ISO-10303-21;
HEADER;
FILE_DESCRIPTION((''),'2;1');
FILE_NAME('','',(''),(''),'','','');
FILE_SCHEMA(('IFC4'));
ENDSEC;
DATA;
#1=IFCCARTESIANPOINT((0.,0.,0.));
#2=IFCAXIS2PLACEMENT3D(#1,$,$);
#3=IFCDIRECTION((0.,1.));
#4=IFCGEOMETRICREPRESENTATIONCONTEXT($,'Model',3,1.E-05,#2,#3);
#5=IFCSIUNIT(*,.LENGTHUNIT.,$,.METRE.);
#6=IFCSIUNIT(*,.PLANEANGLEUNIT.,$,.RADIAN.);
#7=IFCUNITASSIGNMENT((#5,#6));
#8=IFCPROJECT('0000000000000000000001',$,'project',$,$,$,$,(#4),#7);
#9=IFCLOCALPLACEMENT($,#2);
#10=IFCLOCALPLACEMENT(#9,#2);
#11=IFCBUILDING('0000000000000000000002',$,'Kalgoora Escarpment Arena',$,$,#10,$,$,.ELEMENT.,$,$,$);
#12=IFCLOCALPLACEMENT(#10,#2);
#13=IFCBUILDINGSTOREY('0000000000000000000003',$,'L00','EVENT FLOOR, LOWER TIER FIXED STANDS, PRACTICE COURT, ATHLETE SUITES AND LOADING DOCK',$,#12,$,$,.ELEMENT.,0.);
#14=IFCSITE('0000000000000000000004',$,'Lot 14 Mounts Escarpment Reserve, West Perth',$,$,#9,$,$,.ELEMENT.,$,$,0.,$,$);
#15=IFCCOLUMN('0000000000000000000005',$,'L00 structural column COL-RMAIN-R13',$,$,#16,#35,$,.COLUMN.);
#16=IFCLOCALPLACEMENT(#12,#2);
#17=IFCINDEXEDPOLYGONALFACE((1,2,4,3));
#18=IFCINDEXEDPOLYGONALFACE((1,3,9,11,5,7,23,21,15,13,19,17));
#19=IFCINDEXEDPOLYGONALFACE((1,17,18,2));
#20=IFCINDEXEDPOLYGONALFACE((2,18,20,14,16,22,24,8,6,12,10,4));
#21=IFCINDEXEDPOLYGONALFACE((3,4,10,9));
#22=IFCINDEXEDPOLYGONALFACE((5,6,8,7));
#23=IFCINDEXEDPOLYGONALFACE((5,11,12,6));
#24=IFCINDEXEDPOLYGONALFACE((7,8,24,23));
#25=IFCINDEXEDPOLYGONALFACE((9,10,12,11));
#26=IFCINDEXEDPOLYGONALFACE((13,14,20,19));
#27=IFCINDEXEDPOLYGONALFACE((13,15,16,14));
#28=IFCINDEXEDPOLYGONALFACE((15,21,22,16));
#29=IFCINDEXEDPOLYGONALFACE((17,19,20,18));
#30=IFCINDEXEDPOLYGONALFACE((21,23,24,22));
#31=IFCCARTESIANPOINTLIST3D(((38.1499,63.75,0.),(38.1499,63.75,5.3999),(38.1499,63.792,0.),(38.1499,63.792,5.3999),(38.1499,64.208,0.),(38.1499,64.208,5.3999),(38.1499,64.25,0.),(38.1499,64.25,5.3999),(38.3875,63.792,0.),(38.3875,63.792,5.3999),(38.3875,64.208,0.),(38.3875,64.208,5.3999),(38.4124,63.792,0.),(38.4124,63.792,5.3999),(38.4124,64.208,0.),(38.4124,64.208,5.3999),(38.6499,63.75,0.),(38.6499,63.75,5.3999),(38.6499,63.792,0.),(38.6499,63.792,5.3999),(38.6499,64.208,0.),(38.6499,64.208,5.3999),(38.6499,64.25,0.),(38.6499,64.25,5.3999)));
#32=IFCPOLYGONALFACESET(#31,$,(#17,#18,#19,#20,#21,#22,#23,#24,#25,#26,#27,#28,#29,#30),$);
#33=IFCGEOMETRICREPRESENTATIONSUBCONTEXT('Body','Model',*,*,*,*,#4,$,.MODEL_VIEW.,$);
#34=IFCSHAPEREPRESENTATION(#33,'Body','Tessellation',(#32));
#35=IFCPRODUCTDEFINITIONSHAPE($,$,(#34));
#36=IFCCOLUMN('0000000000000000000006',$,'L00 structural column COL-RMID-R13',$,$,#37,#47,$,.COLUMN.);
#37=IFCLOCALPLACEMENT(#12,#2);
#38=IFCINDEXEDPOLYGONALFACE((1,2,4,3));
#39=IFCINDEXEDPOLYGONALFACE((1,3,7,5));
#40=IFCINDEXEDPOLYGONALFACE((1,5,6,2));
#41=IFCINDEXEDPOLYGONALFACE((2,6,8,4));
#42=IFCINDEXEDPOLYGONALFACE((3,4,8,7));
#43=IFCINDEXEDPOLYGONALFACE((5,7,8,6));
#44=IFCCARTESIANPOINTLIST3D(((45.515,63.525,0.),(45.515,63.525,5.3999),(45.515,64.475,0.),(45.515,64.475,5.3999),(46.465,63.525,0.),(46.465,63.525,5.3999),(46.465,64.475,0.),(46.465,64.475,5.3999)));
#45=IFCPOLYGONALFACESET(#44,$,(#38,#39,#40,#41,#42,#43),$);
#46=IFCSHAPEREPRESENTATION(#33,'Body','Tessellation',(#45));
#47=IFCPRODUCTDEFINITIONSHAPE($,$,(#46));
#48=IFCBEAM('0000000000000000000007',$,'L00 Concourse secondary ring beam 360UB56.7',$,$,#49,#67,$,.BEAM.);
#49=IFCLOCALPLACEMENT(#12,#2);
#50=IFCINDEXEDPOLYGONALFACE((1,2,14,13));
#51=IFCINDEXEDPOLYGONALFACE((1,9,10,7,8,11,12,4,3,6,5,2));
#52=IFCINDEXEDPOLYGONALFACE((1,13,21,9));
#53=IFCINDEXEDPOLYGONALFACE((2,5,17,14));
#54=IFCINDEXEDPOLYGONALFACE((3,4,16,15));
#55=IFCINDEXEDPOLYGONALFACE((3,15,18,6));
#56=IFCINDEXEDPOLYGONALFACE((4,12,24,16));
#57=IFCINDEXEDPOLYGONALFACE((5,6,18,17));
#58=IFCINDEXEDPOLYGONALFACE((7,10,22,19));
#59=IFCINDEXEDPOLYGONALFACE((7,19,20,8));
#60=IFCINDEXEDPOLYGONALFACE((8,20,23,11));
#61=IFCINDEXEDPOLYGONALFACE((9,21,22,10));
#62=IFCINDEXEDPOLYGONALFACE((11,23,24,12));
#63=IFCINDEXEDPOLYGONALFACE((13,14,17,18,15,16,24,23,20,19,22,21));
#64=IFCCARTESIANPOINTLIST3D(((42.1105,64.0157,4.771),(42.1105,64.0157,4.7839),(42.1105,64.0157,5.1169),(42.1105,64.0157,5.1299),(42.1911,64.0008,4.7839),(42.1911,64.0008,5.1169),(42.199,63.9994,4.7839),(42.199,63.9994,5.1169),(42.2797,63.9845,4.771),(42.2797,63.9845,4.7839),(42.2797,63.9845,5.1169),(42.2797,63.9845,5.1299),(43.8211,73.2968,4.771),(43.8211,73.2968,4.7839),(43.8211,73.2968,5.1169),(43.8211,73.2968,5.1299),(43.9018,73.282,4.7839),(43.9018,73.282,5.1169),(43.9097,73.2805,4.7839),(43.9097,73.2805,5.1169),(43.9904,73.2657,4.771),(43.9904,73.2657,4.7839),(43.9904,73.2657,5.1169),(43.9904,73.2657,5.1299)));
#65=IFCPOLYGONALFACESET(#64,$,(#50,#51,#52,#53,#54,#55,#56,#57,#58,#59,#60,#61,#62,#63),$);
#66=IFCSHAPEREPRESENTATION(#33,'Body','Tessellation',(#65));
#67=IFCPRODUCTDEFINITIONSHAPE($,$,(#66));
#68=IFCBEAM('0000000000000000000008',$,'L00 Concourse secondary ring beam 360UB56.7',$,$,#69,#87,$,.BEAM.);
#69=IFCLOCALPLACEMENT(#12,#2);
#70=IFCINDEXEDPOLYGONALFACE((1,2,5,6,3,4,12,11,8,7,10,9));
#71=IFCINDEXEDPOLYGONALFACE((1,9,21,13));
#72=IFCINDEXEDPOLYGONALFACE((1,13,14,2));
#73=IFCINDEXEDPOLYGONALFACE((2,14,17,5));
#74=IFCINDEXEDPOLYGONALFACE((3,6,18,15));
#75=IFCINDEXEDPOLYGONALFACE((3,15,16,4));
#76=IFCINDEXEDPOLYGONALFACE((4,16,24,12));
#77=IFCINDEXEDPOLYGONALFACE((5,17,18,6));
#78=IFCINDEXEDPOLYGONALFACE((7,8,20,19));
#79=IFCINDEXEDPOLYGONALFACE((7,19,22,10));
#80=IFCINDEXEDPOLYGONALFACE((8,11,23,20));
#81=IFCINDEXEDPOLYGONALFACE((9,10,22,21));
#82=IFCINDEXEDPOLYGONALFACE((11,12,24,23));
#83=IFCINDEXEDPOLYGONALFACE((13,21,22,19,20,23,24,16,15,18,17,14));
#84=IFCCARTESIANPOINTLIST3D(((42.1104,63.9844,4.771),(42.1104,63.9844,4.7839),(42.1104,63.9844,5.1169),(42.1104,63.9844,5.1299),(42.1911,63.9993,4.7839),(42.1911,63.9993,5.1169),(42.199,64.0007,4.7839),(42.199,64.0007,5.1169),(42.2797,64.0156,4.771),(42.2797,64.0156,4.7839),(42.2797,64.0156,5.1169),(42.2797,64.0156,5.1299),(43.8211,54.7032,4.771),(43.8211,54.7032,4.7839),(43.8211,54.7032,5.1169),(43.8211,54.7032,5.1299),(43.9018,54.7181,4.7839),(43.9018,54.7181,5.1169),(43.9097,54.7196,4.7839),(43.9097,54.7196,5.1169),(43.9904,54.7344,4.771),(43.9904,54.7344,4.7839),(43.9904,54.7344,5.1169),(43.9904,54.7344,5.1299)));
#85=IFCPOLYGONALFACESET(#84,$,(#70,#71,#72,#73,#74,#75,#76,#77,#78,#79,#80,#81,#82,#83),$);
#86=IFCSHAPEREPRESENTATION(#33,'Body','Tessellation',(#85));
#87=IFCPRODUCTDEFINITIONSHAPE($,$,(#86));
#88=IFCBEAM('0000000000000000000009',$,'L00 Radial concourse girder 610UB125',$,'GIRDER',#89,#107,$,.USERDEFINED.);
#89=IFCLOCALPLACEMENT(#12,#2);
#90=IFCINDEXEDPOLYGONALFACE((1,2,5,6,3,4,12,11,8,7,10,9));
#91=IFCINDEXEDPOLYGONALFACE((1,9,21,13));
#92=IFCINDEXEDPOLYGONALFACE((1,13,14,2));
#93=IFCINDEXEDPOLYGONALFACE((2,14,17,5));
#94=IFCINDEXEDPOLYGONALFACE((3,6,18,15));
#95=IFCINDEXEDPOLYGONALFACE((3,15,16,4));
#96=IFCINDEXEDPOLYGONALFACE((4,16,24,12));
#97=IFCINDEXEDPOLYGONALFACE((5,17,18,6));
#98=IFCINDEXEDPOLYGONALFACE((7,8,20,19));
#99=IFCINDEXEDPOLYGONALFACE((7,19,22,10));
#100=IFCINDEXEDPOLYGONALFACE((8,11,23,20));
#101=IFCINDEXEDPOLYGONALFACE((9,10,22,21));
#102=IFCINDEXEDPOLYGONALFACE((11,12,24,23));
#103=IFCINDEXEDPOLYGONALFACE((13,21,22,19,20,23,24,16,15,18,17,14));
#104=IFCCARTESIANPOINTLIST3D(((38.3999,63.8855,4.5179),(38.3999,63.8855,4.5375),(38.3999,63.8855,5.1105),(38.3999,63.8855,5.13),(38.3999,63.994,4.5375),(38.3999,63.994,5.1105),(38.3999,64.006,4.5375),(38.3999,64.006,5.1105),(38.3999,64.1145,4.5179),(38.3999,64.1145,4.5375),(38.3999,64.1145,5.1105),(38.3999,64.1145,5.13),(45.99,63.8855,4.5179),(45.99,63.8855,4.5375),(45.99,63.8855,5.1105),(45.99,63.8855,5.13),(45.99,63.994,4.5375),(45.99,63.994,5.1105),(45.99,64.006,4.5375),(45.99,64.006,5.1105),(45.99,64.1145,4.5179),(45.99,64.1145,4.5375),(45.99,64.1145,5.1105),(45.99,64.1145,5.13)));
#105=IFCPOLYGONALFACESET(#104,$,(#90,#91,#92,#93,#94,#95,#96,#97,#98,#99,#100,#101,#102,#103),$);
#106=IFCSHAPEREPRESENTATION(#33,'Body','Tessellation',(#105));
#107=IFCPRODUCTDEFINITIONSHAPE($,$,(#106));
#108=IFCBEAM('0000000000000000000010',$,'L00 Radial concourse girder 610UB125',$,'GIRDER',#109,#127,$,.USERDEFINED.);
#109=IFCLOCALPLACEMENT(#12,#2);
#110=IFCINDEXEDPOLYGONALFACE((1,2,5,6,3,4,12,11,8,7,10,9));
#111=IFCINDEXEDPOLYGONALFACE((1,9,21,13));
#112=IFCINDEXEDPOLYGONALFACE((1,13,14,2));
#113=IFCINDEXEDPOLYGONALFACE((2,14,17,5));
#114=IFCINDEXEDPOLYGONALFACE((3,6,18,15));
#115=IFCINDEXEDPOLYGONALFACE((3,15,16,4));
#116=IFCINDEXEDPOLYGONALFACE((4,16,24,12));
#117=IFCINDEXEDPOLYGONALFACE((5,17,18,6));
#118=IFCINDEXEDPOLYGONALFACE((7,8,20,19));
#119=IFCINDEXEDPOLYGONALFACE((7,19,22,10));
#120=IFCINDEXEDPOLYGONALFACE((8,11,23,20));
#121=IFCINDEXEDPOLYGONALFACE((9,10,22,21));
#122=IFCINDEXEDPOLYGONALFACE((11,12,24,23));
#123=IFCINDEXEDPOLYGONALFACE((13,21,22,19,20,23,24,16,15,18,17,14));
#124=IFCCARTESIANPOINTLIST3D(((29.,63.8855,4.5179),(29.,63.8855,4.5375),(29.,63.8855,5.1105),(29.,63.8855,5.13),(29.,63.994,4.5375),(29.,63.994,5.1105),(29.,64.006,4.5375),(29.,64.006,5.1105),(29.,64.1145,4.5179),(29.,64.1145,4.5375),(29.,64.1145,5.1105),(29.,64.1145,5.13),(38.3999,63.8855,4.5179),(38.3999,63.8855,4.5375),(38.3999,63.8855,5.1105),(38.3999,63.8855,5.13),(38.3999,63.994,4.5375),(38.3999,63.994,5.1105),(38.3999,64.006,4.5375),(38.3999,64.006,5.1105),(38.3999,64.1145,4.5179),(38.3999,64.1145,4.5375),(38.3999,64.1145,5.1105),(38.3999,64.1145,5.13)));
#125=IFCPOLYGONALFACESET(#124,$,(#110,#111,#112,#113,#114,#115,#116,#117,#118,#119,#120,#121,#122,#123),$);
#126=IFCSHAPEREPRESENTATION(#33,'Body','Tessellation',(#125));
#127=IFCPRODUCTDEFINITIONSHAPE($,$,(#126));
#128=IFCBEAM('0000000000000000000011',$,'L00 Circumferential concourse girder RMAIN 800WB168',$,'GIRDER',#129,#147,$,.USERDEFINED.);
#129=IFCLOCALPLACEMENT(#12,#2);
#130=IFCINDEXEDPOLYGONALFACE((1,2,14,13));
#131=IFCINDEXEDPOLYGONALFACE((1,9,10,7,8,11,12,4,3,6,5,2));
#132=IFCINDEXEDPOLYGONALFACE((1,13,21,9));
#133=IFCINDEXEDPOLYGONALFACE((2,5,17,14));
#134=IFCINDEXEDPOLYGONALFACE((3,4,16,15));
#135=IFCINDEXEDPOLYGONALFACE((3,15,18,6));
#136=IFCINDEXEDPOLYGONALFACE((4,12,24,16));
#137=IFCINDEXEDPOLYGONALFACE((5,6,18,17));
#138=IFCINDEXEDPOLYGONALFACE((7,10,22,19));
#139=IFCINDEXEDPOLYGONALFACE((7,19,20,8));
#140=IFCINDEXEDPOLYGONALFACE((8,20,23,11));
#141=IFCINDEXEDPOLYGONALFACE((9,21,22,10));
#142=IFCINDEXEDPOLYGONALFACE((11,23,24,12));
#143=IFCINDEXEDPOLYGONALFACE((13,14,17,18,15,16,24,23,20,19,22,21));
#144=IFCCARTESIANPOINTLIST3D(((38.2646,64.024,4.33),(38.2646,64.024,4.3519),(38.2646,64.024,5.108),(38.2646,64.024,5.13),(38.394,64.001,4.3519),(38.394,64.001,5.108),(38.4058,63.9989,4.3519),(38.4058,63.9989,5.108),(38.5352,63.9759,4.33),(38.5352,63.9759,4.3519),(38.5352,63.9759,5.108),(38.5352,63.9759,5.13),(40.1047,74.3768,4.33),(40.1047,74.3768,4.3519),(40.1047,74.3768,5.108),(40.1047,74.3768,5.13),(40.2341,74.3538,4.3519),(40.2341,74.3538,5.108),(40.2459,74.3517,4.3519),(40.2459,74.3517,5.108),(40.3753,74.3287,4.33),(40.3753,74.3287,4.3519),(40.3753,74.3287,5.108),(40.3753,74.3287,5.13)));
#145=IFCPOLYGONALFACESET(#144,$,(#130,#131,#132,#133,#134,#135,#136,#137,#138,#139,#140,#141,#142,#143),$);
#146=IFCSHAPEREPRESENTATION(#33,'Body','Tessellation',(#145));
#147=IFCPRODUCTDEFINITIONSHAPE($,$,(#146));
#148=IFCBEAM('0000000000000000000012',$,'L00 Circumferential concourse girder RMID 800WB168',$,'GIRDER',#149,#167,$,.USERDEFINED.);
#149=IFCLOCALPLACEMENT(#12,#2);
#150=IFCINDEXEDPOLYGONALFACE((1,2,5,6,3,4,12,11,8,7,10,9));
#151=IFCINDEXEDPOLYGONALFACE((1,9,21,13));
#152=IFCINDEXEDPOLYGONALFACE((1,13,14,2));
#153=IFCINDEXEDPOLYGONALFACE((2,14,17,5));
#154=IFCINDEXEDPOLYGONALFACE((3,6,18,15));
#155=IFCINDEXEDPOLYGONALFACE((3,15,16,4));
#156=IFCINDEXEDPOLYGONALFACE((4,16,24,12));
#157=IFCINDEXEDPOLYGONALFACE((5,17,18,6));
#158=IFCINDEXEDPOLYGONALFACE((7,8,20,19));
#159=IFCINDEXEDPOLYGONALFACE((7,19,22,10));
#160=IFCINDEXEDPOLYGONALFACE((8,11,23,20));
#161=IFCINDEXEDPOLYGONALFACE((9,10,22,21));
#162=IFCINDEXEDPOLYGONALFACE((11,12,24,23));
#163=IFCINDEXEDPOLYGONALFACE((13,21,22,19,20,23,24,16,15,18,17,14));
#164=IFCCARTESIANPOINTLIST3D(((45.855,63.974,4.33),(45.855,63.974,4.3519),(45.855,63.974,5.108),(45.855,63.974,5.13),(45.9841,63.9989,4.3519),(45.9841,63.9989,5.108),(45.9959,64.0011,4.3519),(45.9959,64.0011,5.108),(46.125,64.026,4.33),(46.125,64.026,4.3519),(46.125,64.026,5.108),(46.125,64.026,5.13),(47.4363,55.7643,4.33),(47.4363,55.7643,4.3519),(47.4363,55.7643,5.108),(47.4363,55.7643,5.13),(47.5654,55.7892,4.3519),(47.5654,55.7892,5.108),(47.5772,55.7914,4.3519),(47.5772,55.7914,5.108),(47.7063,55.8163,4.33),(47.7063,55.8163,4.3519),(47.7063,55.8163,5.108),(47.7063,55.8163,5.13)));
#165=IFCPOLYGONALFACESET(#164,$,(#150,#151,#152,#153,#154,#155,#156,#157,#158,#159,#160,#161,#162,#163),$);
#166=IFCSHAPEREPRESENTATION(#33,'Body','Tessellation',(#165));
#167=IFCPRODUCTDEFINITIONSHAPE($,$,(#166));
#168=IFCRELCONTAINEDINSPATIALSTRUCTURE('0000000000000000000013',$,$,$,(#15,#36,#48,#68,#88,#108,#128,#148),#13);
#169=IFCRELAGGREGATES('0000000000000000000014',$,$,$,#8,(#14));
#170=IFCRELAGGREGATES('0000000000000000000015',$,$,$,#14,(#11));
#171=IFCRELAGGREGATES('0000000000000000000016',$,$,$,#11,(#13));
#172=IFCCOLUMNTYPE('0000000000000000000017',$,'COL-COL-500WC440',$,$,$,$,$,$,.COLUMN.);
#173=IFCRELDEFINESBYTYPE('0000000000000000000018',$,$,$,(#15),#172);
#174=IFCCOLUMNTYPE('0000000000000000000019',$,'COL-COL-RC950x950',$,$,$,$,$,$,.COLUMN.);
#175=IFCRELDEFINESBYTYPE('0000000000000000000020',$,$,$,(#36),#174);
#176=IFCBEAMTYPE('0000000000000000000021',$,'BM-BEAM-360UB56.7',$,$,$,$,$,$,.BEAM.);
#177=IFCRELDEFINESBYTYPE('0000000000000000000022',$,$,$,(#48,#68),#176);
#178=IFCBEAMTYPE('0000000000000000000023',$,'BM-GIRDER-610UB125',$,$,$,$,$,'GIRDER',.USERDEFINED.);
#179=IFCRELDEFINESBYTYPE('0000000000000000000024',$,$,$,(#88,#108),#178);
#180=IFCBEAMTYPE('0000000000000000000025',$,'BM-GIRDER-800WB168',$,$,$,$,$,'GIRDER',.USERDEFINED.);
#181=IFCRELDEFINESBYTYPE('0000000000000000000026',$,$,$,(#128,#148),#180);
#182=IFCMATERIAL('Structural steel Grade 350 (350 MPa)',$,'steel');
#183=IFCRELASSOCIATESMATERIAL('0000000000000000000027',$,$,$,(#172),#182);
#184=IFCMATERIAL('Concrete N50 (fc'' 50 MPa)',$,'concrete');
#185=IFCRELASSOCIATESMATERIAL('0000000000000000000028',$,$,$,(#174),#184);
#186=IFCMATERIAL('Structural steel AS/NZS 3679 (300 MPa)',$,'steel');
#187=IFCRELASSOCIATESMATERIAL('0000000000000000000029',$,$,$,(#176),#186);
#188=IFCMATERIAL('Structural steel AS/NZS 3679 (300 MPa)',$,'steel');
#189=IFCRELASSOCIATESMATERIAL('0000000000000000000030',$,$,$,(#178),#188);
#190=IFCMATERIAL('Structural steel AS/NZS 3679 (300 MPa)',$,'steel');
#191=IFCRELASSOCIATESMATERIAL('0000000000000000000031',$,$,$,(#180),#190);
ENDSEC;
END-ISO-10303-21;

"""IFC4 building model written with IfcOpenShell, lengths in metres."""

from ifc_helpers import new_model, si_unit, direction, frame, origin, origin_2d, place, context, subcontext, project, spatial, rectangle, i_section, extrude, material, material_profile, profile_set, type_object, element, save


model = new_model("IFC4")

# Units and contexts
model_context = context("Model", 3, precision=1e-05, world=origin(), true_north=direction((0.0, 1.0)))
body_context = subcontext(model_context, "Body", "Model", "MODEL_VIEW")
ifc_project = project(units=[si_unit("LENGTHUNIT", "METRE"), si_unit("PLANEANGLEUNIT", "RADIAN")], contexts=[model_context])

# Site, building, storey
site_placement = place(None, origin())
site = spatial("IfcSite", under=ifc_project, at=site_placement, Name="Lot 14 Mounts Escarpment Reserve, West Perth", CompositionType="ELEMENT", RefElevation=0.0)
building_placement = place(site_placement, origin())
building = spatial("IfcBuilding", under=site, at=building_placement, Name="Kalgoora Escarpment Arena", CompositionType="ELEMENT")
storey_placement = place(building_placement, origin())
storey = spatial("IfcBuildingStorey", under=building, at=storey_placement, Name="L00", Description="EVENT FLOOR, LOWER TIER FIXED STANDS, PRACTICE COURT, ATHLETE SUITES AND LOADING DOCK", CompositionType="ELEMENT", Elevation=0.0)

# Columns
ifc_material_1 = material(Name="Structural steel Grade 350 (350 MPa)", Category="steel")
ifc_material_profile_1 = material_profile(ifc_material_1, i_section(OverallWidth=0.5, OverallDepth=0.5, WebThickness=0.0249, FlangeThickness=0.042, at=origin_2d()))
ifc_profile_set_1 = profile_set([ifc_material_profile_1], Name="Structural steel Grade 350 (350 MPa)")
column_type_1 = type_object("IfcColumnType", Name="COL-COL-500WC440", PredefinedType="COLUMN", material=ifc_profile_set_1)
for number, where, z_axis, x_axis, name in (
    (1, (38.3999, 64.0, 0.0), (0.0, 0.0, 1.0), (-1.0, 0.0, 0.0), "L00 structural column COL-RMAIN-R13"),
):
    element("IfcColumn", number, at=place(storey_placement, frame(where, z_axis=z_axis, x_axis=x_axis)), inside=storey, type_object=column_type_1, Name=name, PredefinedType="COLUMN", context=body_context, shape_type="SweptSolid", body=[
        extrude(i_section(OverallWidth=0.5, OverallDepth=0.5, WebThickness=0.0249, FlangeThickness=0.042, at=origin_2d()), origin(), (0.0, 0.0, 1.0), 5.3999),
    ])
ifc_material_2 = material(Name="Concrete N50 (fc' 50 MPa)", Category="concrete")
ifc_material_profile_2 = material_profile(ifc_material_2, rectangle(XDim=0.95, YDim=0.95, at=origin_2d()))
ifc_profile_set_2 = profile_set([ifc_material_profile_2], Name="Concrete N50 (fc' 50 MPa)")
column_type_2 = type_object("IfcColumnType", Name="COL-COL-RC950x950", PredefinedType="COLUMN", material=ifc_profile_set_2)
column_placement = place(storey_placement, frame((45.99, 64.0, 0.0), z_axis=(0.0, 0.0, 1.0), x_axis=(-1.0, 0.0, 0.0)))
element("IfcColumn", 2, at=column_placement, inside=storey, type_object=column_type_2, Name="L00 structural column COL-RMID-R13", PredefinedType="COLUMN", context=body_context, shape_type="SweptSolid", body=[
    extrude(rectangle(XDim=0.95, YDim=0.95, at=origin_2d()), origin(), (0.0, 0.0, 1.0), 5.3999),
])

# Beams
ifc_material_3 = material(Name="Structural steel AS/NZS 3679 (300 MPa)", Category="steel")
ifc_material_profile_3 = material_profile(ifc_material_3, i_section(OverallWidth=0.1721, OverallDepth=0.3589, WebThickness=0.0081, FlangeThickness=0.0129, at=origin_2d()))
ifc_profile_set_3 = profile_set([ifc_material_profile_3], Name="Structural steel AS/NZS 3679 (300 MPa)")
beam_type_1 = type_object("IfcBeamType", Name="BM-BEAM-360UB56.7", PredefinedType="BEAM", material=ifc_profile_set_3)
for number, where, z_axis, x_axis, name in (
    (3, (43.9058, 73.2812, 4.9504), (-0.181264, -0.983435, 0.0), (0.983435, -0.181264, 0.0), "L00 Concourse secondary ring beam 360UB56.7"),
    (4, (42.1951, 64.0, 4.9504), (0.181264, -0.983435, 0.0), (0.983435, 0.181264, 0.0), "L00 Concourse secondary ring beam 360UB56.7"),
):
    element("IfcBeam", number, at=place(storey_placement, frame(where, z_axis=z_axis, x_axis=x_axis)), inside=storey, type_object=beam_type_1, Name=name, PredefinedType="BEAM", context=body_context, shape_type="SweptSolid", body=[
        extrude(i_section(OverallWidth=0.1721, OverallDepth=0.3589, WebThickness=0.0081, FlangeThickness=0.0129, at=origin_2d()), origin(), (0.0, 0.0, 1.0), 9.4375),
    ])
ifc_material_4 = material(Name="Structural steel AS/NZS 3679 (300 MPa)", Category="steel")
ifc_material_profile_4 = material_profile(ifc_material_4, i_section(OverallWidth=0.229, OverallDepth=0.6121, WebThickness=0.012, FlangeThickness=0.0195, at=origin_2d()))
ifc_profile_set_4 = profile_set([ifc_material_profile_4], Name="Structural steel AS/NZS 3679 (300 MPa)")
beam_type_2 = type_object("IfcBeamType", Name="BM-GIRDER-610UB125", ElementType="GIRDER", PredefinedType="USERDEFINED", material=ifc_profile_set_4)
beam_1_placement = place(storey_placement, frame((45.99, 64.0, 4.824), z_axis=(-1.0, 0.0, 0.0), x_axis=(0.0, -1.0, 0.0)))
element("IfcBeam", 5, at=beam_1_placement, inside=storey, type_object=beam_type_2, Name="L00 Radial concourse girder 610UB125", ObjectType="GIRDER", PredefinedType="USERDEFINED", context=body_context, shape_type="SweptSolid", body=[
    extrude(i_section(OverallWidth=0.229, OverallDepth=0.6121, WebThickness=0.012, FlangeThickness=0.0195, at=origin_2d()), origin(), (0.0, 0.0, 1.0), 7.5901),
])
beam_2_placement = place(storey_placement, frame((38.3999, 64.0, 4.824), z_axis=(-1.0, 0.0, 0.0), x_axis=(0.0, -1.0, 0.0)))
element("IfcBeam", 6, at=beam_2_placement, inside=storey, type_object=beam_type_2, Name="L00 Radial concourse girder 610UB125", ObjectType="GIRDER", PredefinedType="USERDEFINED", context=body_context, shape_type="SweptSolid", body=[
    extrude(i_section(OverallWidth=0.229, OverallDepth=0.6121, WebThickness=0.012, FlangeThickness=0.0195, at=origin_2d()), origin(), (0.0, 0.0, 1.0), 9.3999),
])
ifc_material_5 = material(Name="Structural steel AS/NZS 3679 (300 MPa)", Category="steel")
ifc_material_profile_5 = material_profile(ifc_material_5, i_section(OverallWidth=0.2749, OverallDepth=0.8, WebThickness=0.012, FlangeThickness=0.022, at=origin_2d()))
ifc_profile_set_5 = profile_set([ifc_material_profile_5], Name="Structural steel AS/NZS 3679 (300 MPa)")
beam_type_3 = type_object("IfcBeamType", Name="BM-GIRDER-800WB168", ElementType="GIRDER", PredefinedType="USERDEFINED", material=ifc_profile_set_5)
beam_3_placement = place(storey_placement, frame((40.24, 74.3528, 4.73), z_axis=(-0.174996, -0.984569, 0.0), x_axis=(0.984569, -0.174996, 0.0)))
element("IfcBeam", 7, at=beam_3_placement, inside=storey, type_object=beam_type_3, Name="L00 Circumferential concourse girder RMAIN 800WB168", ObjectType="GIRDER", PredefinedType="USERDEFINED", context=body_context, shape_type="SweptSolid", body=[
    extrude(i_section(OverallWidth=0.2749, OverallDepth=0.8, WebThickness=0.012, FlangeThickness=0.022, at=origin_2d()), origin(), (0.0, 0.0, 1.0), 10.5151),
])
beam_4_placement = place(storey_placement, frame((45.99, 64.0, 4.73), z_axis=(0.189137, -0.981951, 0.0), x_axis=(0.981951, 0.189137, 0.0)))
element("IfcBeam", 8, at=beam_4_placement, inside=storey, type_object=beam_type_3, Name="L00 Circumferential concourse girder RMID 800WB168", ObjectType="GIRDER", PredefinedType="USERDEFINED", context=body_context, shape_type="SweptSolid", body=[
    extrude(i_section(OverallWidth=0.2749, OverallDepth=0.8, WebThickness=0.012, FlangeThickness=0.022, at=origin_2d()), origin(), (0.0, 0.0, 1.0), 8.3606),
])

save(model, "model.ifc")
